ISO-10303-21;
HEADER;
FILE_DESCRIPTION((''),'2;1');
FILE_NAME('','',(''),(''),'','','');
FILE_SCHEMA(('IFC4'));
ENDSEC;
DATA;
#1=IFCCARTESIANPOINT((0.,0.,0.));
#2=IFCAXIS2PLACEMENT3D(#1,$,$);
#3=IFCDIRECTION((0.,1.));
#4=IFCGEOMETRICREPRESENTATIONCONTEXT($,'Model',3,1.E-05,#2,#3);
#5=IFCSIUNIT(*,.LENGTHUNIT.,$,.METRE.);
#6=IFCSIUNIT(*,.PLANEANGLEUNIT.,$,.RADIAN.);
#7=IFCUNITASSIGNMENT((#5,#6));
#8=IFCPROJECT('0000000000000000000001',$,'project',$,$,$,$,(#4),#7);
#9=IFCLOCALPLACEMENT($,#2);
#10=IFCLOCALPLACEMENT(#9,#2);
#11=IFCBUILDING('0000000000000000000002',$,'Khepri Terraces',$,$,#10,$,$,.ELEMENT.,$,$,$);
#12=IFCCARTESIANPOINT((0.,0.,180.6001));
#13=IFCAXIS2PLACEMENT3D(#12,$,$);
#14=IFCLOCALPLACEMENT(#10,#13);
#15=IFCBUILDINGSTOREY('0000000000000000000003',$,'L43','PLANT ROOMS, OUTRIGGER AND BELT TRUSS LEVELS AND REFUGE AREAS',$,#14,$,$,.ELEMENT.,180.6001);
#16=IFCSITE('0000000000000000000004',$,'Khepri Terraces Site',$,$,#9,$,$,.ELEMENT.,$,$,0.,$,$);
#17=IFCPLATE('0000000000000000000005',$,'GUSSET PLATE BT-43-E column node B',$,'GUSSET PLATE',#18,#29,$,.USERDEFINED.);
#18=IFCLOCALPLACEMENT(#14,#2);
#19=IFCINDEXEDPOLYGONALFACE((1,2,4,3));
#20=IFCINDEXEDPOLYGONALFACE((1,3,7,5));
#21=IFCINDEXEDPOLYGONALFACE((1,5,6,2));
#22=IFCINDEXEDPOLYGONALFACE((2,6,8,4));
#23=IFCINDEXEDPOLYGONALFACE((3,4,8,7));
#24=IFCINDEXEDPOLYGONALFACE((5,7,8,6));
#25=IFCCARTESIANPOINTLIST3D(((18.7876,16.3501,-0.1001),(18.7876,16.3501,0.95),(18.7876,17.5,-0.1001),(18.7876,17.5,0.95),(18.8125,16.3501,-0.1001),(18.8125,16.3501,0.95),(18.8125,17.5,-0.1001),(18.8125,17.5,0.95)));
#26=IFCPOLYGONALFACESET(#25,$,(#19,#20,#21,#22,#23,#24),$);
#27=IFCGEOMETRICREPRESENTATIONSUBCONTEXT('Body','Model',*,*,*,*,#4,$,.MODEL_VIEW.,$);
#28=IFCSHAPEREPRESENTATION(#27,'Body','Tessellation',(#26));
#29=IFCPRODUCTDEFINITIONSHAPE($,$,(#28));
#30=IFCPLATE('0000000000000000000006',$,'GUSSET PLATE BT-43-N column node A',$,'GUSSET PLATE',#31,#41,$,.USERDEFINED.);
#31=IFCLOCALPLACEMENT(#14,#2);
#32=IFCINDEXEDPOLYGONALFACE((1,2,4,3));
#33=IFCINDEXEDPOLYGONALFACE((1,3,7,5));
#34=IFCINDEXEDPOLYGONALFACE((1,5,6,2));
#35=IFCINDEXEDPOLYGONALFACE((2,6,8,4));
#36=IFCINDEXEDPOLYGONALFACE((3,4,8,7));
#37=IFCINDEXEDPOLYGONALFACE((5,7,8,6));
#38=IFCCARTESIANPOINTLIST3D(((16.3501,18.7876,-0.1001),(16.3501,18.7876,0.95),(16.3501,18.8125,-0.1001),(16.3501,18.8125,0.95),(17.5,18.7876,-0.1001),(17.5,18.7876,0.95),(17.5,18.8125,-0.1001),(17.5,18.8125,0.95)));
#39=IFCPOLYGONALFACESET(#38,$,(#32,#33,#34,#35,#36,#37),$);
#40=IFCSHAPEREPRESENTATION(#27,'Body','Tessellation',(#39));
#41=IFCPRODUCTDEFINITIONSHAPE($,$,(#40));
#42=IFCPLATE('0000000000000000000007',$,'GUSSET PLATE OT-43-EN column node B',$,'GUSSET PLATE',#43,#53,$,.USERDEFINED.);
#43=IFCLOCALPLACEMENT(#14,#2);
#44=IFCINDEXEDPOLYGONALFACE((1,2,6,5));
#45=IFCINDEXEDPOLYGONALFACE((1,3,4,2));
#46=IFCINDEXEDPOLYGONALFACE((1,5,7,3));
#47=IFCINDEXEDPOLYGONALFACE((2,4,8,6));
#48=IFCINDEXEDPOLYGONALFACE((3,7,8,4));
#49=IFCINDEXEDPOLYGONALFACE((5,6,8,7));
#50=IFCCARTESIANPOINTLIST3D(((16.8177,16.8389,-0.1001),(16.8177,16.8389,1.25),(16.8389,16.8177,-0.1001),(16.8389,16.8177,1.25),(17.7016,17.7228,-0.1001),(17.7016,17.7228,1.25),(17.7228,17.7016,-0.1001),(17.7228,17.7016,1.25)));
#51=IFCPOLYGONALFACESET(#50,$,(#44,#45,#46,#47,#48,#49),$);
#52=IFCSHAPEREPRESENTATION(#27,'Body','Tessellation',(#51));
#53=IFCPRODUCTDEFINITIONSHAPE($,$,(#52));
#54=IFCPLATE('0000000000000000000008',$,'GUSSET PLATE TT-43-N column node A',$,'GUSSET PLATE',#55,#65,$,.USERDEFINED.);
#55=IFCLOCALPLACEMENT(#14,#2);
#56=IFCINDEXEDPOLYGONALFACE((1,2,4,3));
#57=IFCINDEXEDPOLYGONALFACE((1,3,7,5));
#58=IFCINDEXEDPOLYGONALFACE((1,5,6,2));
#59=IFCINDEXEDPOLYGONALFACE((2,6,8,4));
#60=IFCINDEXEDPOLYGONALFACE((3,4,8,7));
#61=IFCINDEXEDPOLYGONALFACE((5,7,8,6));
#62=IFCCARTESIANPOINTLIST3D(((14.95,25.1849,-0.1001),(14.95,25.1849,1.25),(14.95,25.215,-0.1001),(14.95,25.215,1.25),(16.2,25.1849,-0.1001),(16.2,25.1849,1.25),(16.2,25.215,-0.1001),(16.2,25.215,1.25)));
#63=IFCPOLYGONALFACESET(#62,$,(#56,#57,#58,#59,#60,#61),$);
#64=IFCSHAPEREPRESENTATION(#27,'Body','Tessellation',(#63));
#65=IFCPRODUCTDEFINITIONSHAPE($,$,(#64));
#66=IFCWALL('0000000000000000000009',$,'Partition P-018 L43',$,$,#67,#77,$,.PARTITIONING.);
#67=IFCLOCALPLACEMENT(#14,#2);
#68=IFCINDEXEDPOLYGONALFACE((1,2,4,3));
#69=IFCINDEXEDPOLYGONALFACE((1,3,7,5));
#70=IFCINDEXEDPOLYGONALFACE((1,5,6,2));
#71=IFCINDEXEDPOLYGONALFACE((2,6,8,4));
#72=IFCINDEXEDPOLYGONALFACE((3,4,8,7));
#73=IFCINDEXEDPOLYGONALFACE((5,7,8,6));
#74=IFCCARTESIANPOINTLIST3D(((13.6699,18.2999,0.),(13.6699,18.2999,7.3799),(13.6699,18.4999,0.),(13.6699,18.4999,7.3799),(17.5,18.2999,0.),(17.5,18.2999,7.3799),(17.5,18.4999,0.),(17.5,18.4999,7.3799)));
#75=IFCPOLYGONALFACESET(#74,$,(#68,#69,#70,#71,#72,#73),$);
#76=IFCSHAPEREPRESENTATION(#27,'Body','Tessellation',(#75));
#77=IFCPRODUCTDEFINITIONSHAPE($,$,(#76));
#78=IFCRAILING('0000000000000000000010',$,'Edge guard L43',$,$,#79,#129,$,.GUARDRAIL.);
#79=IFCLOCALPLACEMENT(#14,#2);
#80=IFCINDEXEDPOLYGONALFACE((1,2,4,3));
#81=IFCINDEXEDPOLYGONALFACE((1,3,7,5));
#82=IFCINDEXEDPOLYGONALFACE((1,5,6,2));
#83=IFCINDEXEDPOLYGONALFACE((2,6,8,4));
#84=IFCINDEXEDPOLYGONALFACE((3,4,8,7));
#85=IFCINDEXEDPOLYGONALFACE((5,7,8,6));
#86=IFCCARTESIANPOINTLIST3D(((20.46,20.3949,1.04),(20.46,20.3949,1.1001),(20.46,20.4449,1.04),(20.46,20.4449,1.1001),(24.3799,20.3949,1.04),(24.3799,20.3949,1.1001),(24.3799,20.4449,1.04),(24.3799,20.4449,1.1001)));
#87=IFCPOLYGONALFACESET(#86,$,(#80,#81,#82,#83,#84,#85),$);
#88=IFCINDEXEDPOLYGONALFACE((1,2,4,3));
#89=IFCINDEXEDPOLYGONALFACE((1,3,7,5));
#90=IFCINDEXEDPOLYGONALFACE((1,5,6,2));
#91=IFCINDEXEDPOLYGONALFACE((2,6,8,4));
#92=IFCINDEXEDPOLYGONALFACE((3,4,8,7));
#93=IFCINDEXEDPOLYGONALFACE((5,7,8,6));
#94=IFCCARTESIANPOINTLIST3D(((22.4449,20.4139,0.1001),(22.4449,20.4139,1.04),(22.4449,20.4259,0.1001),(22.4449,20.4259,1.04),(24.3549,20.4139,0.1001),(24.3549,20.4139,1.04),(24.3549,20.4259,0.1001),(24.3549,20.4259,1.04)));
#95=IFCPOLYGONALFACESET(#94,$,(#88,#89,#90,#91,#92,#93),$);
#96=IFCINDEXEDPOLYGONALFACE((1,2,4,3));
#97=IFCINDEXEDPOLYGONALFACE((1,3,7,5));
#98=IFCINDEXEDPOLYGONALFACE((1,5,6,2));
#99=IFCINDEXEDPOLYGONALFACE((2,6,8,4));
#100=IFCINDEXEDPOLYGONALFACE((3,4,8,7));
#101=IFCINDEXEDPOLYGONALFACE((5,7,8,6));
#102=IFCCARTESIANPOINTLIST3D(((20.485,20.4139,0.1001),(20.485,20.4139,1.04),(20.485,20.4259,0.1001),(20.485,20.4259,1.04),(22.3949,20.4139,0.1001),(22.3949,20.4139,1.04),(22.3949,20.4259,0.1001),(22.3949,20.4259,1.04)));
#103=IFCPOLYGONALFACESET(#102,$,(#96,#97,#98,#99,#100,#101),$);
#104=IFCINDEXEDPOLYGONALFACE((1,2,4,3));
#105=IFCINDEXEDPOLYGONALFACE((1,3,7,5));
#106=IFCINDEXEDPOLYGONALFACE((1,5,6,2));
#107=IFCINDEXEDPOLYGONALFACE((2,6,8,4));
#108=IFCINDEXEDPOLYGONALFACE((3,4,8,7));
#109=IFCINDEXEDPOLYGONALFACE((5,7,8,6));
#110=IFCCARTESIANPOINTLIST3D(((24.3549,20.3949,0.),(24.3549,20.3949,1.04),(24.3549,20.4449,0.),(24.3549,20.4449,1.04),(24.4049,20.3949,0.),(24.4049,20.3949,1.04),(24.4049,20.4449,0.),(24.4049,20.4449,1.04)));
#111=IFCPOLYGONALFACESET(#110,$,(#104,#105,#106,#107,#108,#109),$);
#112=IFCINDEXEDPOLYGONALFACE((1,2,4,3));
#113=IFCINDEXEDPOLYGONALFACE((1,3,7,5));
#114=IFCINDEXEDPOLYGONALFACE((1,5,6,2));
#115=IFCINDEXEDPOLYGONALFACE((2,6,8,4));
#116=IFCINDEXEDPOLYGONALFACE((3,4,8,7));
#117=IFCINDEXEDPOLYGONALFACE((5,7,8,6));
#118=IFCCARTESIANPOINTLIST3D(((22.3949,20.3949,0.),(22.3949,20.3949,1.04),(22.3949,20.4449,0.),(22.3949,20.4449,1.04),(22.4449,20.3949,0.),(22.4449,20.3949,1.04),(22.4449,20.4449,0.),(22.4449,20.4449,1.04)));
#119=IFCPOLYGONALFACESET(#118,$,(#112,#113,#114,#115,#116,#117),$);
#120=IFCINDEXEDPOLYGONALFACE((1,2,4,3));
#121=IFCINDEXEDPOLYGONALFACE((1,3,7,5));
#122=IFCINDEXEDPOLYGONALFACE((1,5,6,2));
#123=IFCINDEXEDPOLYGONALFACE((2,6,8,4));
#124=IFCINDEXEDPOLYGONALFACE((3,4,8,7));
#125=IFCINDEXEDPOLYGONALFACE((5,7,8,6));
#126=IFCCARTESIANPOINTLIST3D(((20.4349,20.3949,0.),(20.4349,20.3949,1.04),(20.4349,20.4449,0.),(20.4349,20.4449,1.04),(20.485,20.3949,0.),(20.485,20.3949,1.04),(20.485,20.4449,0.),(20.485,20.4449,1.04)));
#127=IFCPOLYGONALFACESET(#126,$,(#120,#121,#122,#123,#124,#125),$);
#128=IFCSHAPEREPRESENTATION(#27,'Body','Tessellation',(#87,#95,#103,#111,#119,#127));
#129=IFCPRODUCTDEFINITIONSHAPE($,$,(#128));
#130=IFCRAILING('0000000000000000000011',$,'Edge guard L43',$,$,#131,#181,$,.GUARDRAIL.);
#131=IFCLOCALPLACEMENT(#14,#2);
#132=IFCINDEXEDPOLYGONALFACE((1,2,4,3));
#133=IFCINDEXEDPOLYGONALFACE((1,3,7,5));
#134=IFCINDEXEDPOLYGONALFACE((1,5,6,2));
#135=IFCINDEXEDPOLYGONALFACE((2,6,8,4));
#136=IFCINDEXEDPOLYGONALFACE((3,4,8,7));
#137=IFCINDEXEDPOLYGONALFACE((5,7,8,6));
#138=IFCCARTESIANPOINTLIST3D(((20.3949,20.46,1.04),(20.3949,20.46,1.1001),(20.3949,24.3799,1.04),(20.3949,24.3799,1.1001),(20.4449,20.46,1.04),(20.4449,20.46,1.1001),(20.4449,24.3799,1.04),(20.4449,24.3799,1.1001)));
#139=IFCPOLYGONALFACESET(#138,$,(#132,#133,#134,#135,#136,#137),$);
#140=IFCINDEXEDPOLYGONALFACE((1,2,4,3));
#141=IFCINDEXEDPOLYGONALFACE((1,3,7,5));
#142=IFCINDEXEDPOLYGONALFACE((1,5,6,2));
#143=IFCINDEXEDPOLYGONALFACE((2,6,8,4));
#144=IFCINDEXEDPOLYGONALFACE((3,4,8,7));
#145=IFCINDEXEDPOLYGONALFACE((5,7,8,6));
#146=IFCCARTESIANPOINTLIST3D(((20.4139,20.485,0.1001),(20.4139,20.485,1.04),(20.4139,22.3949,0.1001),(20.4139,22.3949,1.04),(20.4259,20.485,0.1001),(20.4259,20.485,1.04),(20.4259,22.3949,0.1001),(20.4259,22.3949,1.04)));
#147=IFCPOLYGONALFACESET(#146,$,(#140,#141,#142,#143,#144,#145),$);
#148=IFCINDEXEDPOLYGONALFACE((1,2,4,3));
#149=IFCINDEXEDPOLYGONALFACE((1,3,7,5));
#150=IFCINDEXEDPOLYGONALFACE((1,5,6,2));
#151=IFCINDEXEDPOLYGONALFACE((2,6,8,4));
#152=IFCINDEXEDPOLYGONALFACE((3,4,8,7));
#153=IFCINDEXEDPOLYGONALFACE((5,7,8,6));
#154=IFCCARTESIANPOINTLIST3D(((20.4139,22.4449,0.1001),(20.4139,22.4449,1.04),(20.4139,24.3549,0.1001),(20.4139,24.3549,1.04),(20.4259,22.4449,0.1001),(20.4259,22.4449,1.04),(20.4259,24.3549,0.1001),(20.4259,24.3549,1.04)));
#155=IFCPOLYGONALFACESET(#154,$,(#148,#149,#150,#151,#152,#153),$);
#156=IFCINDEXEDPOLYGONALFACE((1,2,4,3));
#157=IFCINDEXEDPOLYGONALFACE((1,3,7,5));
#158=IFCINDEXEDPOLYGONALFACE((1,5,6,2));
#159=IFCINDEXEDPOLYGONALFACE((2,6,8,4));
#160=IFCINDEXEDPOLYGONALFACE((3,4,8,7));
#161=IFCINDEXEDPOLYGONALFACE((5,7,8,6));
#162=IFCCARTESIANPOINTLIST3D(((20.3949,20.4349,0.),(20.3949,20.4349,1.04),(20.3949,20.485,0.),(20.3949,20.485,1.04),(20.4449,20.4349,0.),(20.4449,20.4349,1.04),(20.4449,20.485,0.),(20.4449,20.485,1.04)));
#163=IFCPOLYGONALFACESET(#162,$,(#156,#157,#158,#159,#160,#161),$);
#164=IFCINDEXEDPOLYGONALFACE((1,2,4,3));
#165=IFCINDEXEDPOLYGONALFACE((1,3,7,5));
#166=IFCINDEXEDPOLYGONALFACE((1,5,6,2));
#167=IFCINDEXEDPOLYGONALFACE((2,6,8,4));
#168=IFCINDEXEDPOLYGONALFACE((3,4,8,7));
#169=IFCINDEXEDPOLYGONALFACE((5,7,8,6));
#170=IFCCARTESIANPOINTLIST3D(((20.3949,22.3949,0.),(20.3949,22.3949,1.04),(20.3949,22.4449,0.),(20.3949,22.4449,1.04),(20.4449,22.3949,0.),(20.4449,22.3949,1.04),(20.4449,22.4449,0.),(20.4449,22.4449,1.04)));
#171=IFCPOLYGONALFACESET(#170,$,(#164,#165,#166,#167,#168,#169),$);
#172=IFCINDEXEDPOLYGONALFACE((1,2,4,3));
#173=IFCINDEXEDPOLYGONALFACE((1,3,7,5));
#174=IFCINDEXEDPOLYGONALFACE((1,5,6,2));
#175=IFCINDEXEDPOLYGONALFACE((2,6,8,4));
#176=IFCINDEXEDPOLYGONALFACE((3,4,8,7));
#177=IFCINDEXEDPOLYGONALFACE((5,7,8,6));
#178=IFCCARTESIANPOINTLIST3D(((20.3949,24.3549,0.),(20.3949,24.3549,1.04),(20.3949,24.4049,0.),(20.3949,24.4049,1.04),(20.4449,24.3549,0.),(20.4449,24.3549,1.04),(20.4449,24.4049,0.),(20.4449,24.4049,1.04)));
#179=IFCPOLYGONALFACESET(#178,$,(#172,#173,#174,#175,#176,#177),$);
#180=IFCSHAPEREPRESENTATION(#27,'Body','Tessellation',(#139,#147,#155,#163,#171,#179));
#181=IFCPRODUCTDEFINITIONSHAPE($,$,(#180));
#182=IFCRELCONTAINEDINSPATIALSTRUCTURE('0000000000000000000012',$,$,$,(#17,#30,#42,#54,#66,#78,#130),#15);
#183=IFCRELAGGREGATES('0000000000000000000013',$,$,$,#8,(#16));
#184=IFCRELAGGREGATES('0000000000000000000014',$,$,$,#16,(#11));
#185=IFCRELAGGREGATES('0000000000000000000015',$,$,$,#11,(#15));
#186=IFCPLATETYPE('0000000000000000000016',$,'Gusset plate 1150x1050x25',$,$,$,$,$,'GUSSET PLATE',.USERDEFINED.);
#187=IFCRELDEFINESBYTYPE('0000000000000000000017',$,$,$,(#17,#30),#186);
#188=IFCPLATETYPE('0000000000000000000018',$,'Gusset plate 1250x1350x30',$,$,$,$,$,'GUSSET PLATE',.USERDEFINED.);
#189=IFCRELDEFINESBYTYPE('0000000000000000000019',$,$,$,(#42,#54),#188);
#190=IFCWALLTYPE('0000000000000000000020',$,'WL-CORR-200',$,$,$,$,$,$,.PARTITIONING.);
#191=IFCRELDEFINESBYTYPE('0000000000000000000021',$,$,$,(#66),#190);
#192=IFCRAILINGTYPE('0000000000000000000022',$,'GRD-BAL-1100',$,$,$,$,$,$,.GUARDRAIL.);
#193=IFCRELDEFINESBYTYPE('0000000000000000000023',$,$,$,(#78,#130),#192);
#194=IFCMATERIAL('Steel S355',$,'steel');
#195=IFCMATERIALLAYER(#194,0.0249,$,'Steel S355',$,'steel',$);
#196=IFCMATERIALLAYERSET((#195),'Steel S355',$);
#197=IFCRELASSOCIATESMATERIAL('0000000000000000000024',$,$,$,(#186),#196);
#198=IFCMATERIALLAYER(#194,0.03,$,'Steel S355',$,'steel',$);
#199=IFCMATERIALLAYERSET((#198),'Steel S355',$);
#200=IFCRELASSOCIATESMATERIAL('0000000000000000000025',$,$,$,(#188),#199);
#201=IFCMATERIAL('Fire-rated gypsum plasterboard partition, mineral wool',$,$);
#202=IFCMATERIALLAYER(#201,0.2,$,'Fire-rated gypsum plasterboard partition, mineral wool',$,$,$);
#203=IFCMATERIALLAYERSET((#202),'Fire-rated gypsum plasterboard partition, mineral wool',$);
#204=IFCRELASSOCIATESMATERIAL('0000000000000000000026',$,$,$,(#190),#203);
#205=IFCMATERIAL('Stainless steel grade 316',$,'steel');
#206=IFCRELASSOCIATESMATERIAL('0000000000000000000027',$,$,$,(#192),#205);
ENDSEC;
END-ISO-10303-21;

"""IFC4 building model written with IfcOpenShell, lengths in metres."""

from ifc_helpers import new_model, si_unit, direction, frame, frame_2d, origin, origin_2d, place, context, subcontext, project, spatial, rectangle, extrude, material, layer, layer_set, type_object, element, save


model = new_model("IFC4")

# Units and contexts
model_context = context("Model", 3, precision=1e-05, world=origin(), true_north=direction((0.0, 1.0)))
body_context = subcontext(model_context, "Body", "Model", "MODEL_VIEW")
ifc_project = project(units=[si_unit("LENGTHUNIT", "METRE"), si_unit("PLANEANGLEUNIT", "RADIAN")], contexts=[model_context])

# Site, building, storey
site_placement = place(None, origin())
site = spatial("IfcSite", under=ifc_project, at=site_placement, Name="Khepri Terraces Site", CompositionType="ELEMENT", RefElevation=0.0)
building_placement = place(site_placement, origin())
building = spatial("IfcBuilding", under=site, at=building_placement, Name="Khepri Terraces", CompositionType="ELEMENT")
storey_placement = place(building_placement, frame((0.0, 0.0, 180.6001)))
storey = spatial("IfcBuildingStorey", under=building, at=storey_placement, Name="L43", Description="PLANT ROOMS, OUTRIGGER AND BELT TRUSS LEVELS AND REFUGE AREAS", CompositionType="ELEMENT", Elevation=180.6001)

# Shared definitions
ifc_material_1 = material(Name="Steel S355", Category="steel")

# Plates
ifc_layer_1 = layer(ifc_material_1, 0.0249, Name="Steel S355", Category="steel")
ifc_layer_set_1 = layer_set([ifc_layer_1], Name="Steel S355")
plate_type_1 = type_object("IfcPlateType", Name="Gusset plate 1150x1050x25", ElementType="GUSSET PLATE", PredefinedType="USERDEFINED", material=ifc_layer_set_1)
for number, where, z_axis, x_axis, name in (
    (1, (18.8, 16.925, -0.1001), (0.0, 0.0, 1.0), (0.0, 1.0, 0.0), "GUSSET PLATE BT-43-E column node B"),
    (2, (16.925, 18.8, -0.1001), (0.0, 0.0, 1.0), (-1.0, 0.0, 0.0), "GUSSET PLATE BT-43-N column node A"),
):
    element("IfcPlate", number, at=place(storey_placement, frame(where, z_axis=z_axis, x_axis=x_axis)), inside=storey, type_object=plate_type_1, Name=name, ObjectType="GUSSET PLATE", PredefinedType="USERDEFINED", context=body_context, shape_type="SweptSolid", body=[
        extrude(rectangle(XDim=1.1499, YDim=0.0249, at=origin_2d()), origin(), (0.0, 0.0, 1.0), 1.05),
    ])
ifc_layer_2 = layer(ifc_material_1, 0.03, Name="Steel S355", Category="steel")
ifc_layer_set_2 = layer_set([ifc_layer_2], Name="Steel S355")
plate_type_2 = type_object("IfcPlateType", Name="Gusset plate 1250x1350x30", ElementType="GUSSET PLATE", PredefinedType="USERDEFINED", material=ifc_layer_set_2)
for number, where, z_axis, x_axis, name in (
    (3, (17.2703, 17.2703, -0.1001), (0.0, 0.0, 1.0), (0.707107, 0.707107, 0.0), "GUSSET PLATE OT-43-EN column node B"),
    (4, (15.575, 25.2, -0.1001), (0.0, 0.0, 1.0), (-1.0, 0.0, 0.0), "GUSSET PLATE TT-43-N column node A"),
):
    element("IfcPlate", number, at=place(storey_placement, frame(where, z_axis=z_axis, x_axis=x_axis)), inside=storey, type_object=plate_type_2, Name=name, ObjectType="GUSSET PLATE", PredefinedType="USERDEFINED", context=body_context, shape_type="SweptSolid", body=[
        extrude(rectangle(XDim=1.25, YDim=0.03, at=origin_2d()), origin(), (0.0, 0.0, 1.0), 1.3501),
    ])

# Wall
ifc_material_2 = material(Name="Fire-rated gypsum plasterboard partition, mineral wool")
ifc_layer_3 = layer(ifc_material_2, 0.2, Name="Fire-rated gypsum plasterboard partition, mineral wool")
ifc_layer_set_3 = layer_set([ifc_layer_3], Name="Fire-rated gypsum plasterboard partition, mineral wool")
wall_type = type_object("IfcWallType", Name="WL-CORR-200", PredefinedType="PARTITIONING", material=ifc_layer_set_3)
wall_placement = place(storey_placement, frame((13.6699, 18.3999, 0.0), z_axis=(0.0, 0.0, 1.0), x_axis=(1.0, 0.0, 0.0)))
element("IfcWall", 5, at=wall_placement, inside=storey, type_object=wall_type, Name="Partition P-018 L43", PredefinedType="PARTITIONING", context=body_context, shape_type="SweptSolid", body=[
    extrude(rectangle(XDim=3.8301, YDim=0.2, at=frame_2d((1.915, 0.0))), origin(), (0.0, 0.0, 1.0), 7.3799),
])

# Railings
ifc_material_3 = material(Name="Stainless steel grade 316", Category="steel")
railing_type = type_object("IfcRailingType", Name="GRD-BAL-1100", PredefinedType="GUARDRAIL", material=ifc_material_3)
railing_1_placement = place(storey_placement, frame((24.3799, 20.4199, 0.0)))
element("IfcRailing", 6, at=railing_1_placement, inside=storey, type_object=railing_type, Name="Edge guard L43", PredefinedType="GUARDRAIL", context=body_context, shape_type="SweptSolid", body=[
    extrude(rectangle(XDim=0.05, YDim=0.0601, at=origin_2d()), frame((0.0, 0.0, 1.0701), z_axis=(-1.0, 0.0, 0.0), x_axis=(0.0, -1.0, 0.0)), (0.0, 0.0, 1.0), 3.9199),
    extrude(rectangle(XDim=1.9099, YDim=0.012, at=origin_2d()), frame((-0.98, 0.0, 0.1001), z_axis=(0.0, 0.0, 1.0), x_axis=(-1.0, 0.0, 0.0)), (0.0, 0.0, 1.0), 0.9399),
    extrude(rectangle(XDim=1.9099, YDim=0.012, at=origin_2d()), frame((-2.9399, 0.0, 0.1001), z_axis=(0.0, 0.0, 1.0), x_axis=(-1.0, 0.0, 0.0)), (0.0, 0.0, 1.0), 0.9399),
    extrude(rectangle(XDim=0.05, YDim=0.05, at=origin_2d()), origin(), (0.0, 0.0, 1.0), 1.04),
    extrude(rectangle(XDim=0.05, YDim=0.05, at=origin_2d()), frame((-1.96, 0.0, 0.0)), (0.0, 0.0, 1.0), 1.04),
    extrude(rectangle(XDim=0.05, YDim=0.05, at=origin_2d()), frame((-3.9199, 0.0, 0.0)), (0.0, 0.0, 1.0), 1.04),
])
railing_2_placement = place(storey_placement, frame((20.4199, 20.46, 0.0)))
element("IfcRailing", 7, at=railing_2_placement, inside=storey, type_object=railing_type, Name="Edge guard L43", PredefinedType="GUARDRAIL", context=body_context, shape_type="SweptSolid", body=[
    extrude(rectangle(XDim=0.05, YDim=0.0601, at=origin_2d()), frame((0.0, 0.0, 1.0701), z_axis=(0.0, 1.0, 0.0), x_axis=(-1.0, 0.0, 0.0)), (0.0, 0.0, 1.0), 3.9199),
    extrude(rectangle(XDim=1.9099, YDim=0.012, at=origin_2d()), frame((0.0, 0.98, 0.1001), z_axis=(0.0, 0.0, 1.0), x_axis=(0.0, 1.0, 0.0)), (0.0, 0.0, 1.0), 0.9399),
    extrude(rectangle(XDim=1.9099, YDim=0.012, at=origin_2d()), frame((0.0, 2.9399, 0.1001), z_axis=(0.0, 0.0, 1.0), x_axis=(0.0, 1.0, 0.0)), (0.0, 0.0, 1.0), 0.9399),
    extrude(rectangle(XDim=0.05, YDim=0.05, at=origin_2d()), origin(), (0.0, 0.0, 1.0), 1.04),
    extrude(rectangle(XDim=0.05, YDim=0.05, at=origin_2d()), frame((0.0, 1.96, 0.0)), (0.0, 0.0, 1.0), 1.04),
    extrude(rectangle(XDim=0.05, YDim=0.05, at=origin_2d()), frame((0.0, 3.9199, 0.0)), (0.0, 0.0, 1.0), 1.04),
])

save(model, "model.ifc")
